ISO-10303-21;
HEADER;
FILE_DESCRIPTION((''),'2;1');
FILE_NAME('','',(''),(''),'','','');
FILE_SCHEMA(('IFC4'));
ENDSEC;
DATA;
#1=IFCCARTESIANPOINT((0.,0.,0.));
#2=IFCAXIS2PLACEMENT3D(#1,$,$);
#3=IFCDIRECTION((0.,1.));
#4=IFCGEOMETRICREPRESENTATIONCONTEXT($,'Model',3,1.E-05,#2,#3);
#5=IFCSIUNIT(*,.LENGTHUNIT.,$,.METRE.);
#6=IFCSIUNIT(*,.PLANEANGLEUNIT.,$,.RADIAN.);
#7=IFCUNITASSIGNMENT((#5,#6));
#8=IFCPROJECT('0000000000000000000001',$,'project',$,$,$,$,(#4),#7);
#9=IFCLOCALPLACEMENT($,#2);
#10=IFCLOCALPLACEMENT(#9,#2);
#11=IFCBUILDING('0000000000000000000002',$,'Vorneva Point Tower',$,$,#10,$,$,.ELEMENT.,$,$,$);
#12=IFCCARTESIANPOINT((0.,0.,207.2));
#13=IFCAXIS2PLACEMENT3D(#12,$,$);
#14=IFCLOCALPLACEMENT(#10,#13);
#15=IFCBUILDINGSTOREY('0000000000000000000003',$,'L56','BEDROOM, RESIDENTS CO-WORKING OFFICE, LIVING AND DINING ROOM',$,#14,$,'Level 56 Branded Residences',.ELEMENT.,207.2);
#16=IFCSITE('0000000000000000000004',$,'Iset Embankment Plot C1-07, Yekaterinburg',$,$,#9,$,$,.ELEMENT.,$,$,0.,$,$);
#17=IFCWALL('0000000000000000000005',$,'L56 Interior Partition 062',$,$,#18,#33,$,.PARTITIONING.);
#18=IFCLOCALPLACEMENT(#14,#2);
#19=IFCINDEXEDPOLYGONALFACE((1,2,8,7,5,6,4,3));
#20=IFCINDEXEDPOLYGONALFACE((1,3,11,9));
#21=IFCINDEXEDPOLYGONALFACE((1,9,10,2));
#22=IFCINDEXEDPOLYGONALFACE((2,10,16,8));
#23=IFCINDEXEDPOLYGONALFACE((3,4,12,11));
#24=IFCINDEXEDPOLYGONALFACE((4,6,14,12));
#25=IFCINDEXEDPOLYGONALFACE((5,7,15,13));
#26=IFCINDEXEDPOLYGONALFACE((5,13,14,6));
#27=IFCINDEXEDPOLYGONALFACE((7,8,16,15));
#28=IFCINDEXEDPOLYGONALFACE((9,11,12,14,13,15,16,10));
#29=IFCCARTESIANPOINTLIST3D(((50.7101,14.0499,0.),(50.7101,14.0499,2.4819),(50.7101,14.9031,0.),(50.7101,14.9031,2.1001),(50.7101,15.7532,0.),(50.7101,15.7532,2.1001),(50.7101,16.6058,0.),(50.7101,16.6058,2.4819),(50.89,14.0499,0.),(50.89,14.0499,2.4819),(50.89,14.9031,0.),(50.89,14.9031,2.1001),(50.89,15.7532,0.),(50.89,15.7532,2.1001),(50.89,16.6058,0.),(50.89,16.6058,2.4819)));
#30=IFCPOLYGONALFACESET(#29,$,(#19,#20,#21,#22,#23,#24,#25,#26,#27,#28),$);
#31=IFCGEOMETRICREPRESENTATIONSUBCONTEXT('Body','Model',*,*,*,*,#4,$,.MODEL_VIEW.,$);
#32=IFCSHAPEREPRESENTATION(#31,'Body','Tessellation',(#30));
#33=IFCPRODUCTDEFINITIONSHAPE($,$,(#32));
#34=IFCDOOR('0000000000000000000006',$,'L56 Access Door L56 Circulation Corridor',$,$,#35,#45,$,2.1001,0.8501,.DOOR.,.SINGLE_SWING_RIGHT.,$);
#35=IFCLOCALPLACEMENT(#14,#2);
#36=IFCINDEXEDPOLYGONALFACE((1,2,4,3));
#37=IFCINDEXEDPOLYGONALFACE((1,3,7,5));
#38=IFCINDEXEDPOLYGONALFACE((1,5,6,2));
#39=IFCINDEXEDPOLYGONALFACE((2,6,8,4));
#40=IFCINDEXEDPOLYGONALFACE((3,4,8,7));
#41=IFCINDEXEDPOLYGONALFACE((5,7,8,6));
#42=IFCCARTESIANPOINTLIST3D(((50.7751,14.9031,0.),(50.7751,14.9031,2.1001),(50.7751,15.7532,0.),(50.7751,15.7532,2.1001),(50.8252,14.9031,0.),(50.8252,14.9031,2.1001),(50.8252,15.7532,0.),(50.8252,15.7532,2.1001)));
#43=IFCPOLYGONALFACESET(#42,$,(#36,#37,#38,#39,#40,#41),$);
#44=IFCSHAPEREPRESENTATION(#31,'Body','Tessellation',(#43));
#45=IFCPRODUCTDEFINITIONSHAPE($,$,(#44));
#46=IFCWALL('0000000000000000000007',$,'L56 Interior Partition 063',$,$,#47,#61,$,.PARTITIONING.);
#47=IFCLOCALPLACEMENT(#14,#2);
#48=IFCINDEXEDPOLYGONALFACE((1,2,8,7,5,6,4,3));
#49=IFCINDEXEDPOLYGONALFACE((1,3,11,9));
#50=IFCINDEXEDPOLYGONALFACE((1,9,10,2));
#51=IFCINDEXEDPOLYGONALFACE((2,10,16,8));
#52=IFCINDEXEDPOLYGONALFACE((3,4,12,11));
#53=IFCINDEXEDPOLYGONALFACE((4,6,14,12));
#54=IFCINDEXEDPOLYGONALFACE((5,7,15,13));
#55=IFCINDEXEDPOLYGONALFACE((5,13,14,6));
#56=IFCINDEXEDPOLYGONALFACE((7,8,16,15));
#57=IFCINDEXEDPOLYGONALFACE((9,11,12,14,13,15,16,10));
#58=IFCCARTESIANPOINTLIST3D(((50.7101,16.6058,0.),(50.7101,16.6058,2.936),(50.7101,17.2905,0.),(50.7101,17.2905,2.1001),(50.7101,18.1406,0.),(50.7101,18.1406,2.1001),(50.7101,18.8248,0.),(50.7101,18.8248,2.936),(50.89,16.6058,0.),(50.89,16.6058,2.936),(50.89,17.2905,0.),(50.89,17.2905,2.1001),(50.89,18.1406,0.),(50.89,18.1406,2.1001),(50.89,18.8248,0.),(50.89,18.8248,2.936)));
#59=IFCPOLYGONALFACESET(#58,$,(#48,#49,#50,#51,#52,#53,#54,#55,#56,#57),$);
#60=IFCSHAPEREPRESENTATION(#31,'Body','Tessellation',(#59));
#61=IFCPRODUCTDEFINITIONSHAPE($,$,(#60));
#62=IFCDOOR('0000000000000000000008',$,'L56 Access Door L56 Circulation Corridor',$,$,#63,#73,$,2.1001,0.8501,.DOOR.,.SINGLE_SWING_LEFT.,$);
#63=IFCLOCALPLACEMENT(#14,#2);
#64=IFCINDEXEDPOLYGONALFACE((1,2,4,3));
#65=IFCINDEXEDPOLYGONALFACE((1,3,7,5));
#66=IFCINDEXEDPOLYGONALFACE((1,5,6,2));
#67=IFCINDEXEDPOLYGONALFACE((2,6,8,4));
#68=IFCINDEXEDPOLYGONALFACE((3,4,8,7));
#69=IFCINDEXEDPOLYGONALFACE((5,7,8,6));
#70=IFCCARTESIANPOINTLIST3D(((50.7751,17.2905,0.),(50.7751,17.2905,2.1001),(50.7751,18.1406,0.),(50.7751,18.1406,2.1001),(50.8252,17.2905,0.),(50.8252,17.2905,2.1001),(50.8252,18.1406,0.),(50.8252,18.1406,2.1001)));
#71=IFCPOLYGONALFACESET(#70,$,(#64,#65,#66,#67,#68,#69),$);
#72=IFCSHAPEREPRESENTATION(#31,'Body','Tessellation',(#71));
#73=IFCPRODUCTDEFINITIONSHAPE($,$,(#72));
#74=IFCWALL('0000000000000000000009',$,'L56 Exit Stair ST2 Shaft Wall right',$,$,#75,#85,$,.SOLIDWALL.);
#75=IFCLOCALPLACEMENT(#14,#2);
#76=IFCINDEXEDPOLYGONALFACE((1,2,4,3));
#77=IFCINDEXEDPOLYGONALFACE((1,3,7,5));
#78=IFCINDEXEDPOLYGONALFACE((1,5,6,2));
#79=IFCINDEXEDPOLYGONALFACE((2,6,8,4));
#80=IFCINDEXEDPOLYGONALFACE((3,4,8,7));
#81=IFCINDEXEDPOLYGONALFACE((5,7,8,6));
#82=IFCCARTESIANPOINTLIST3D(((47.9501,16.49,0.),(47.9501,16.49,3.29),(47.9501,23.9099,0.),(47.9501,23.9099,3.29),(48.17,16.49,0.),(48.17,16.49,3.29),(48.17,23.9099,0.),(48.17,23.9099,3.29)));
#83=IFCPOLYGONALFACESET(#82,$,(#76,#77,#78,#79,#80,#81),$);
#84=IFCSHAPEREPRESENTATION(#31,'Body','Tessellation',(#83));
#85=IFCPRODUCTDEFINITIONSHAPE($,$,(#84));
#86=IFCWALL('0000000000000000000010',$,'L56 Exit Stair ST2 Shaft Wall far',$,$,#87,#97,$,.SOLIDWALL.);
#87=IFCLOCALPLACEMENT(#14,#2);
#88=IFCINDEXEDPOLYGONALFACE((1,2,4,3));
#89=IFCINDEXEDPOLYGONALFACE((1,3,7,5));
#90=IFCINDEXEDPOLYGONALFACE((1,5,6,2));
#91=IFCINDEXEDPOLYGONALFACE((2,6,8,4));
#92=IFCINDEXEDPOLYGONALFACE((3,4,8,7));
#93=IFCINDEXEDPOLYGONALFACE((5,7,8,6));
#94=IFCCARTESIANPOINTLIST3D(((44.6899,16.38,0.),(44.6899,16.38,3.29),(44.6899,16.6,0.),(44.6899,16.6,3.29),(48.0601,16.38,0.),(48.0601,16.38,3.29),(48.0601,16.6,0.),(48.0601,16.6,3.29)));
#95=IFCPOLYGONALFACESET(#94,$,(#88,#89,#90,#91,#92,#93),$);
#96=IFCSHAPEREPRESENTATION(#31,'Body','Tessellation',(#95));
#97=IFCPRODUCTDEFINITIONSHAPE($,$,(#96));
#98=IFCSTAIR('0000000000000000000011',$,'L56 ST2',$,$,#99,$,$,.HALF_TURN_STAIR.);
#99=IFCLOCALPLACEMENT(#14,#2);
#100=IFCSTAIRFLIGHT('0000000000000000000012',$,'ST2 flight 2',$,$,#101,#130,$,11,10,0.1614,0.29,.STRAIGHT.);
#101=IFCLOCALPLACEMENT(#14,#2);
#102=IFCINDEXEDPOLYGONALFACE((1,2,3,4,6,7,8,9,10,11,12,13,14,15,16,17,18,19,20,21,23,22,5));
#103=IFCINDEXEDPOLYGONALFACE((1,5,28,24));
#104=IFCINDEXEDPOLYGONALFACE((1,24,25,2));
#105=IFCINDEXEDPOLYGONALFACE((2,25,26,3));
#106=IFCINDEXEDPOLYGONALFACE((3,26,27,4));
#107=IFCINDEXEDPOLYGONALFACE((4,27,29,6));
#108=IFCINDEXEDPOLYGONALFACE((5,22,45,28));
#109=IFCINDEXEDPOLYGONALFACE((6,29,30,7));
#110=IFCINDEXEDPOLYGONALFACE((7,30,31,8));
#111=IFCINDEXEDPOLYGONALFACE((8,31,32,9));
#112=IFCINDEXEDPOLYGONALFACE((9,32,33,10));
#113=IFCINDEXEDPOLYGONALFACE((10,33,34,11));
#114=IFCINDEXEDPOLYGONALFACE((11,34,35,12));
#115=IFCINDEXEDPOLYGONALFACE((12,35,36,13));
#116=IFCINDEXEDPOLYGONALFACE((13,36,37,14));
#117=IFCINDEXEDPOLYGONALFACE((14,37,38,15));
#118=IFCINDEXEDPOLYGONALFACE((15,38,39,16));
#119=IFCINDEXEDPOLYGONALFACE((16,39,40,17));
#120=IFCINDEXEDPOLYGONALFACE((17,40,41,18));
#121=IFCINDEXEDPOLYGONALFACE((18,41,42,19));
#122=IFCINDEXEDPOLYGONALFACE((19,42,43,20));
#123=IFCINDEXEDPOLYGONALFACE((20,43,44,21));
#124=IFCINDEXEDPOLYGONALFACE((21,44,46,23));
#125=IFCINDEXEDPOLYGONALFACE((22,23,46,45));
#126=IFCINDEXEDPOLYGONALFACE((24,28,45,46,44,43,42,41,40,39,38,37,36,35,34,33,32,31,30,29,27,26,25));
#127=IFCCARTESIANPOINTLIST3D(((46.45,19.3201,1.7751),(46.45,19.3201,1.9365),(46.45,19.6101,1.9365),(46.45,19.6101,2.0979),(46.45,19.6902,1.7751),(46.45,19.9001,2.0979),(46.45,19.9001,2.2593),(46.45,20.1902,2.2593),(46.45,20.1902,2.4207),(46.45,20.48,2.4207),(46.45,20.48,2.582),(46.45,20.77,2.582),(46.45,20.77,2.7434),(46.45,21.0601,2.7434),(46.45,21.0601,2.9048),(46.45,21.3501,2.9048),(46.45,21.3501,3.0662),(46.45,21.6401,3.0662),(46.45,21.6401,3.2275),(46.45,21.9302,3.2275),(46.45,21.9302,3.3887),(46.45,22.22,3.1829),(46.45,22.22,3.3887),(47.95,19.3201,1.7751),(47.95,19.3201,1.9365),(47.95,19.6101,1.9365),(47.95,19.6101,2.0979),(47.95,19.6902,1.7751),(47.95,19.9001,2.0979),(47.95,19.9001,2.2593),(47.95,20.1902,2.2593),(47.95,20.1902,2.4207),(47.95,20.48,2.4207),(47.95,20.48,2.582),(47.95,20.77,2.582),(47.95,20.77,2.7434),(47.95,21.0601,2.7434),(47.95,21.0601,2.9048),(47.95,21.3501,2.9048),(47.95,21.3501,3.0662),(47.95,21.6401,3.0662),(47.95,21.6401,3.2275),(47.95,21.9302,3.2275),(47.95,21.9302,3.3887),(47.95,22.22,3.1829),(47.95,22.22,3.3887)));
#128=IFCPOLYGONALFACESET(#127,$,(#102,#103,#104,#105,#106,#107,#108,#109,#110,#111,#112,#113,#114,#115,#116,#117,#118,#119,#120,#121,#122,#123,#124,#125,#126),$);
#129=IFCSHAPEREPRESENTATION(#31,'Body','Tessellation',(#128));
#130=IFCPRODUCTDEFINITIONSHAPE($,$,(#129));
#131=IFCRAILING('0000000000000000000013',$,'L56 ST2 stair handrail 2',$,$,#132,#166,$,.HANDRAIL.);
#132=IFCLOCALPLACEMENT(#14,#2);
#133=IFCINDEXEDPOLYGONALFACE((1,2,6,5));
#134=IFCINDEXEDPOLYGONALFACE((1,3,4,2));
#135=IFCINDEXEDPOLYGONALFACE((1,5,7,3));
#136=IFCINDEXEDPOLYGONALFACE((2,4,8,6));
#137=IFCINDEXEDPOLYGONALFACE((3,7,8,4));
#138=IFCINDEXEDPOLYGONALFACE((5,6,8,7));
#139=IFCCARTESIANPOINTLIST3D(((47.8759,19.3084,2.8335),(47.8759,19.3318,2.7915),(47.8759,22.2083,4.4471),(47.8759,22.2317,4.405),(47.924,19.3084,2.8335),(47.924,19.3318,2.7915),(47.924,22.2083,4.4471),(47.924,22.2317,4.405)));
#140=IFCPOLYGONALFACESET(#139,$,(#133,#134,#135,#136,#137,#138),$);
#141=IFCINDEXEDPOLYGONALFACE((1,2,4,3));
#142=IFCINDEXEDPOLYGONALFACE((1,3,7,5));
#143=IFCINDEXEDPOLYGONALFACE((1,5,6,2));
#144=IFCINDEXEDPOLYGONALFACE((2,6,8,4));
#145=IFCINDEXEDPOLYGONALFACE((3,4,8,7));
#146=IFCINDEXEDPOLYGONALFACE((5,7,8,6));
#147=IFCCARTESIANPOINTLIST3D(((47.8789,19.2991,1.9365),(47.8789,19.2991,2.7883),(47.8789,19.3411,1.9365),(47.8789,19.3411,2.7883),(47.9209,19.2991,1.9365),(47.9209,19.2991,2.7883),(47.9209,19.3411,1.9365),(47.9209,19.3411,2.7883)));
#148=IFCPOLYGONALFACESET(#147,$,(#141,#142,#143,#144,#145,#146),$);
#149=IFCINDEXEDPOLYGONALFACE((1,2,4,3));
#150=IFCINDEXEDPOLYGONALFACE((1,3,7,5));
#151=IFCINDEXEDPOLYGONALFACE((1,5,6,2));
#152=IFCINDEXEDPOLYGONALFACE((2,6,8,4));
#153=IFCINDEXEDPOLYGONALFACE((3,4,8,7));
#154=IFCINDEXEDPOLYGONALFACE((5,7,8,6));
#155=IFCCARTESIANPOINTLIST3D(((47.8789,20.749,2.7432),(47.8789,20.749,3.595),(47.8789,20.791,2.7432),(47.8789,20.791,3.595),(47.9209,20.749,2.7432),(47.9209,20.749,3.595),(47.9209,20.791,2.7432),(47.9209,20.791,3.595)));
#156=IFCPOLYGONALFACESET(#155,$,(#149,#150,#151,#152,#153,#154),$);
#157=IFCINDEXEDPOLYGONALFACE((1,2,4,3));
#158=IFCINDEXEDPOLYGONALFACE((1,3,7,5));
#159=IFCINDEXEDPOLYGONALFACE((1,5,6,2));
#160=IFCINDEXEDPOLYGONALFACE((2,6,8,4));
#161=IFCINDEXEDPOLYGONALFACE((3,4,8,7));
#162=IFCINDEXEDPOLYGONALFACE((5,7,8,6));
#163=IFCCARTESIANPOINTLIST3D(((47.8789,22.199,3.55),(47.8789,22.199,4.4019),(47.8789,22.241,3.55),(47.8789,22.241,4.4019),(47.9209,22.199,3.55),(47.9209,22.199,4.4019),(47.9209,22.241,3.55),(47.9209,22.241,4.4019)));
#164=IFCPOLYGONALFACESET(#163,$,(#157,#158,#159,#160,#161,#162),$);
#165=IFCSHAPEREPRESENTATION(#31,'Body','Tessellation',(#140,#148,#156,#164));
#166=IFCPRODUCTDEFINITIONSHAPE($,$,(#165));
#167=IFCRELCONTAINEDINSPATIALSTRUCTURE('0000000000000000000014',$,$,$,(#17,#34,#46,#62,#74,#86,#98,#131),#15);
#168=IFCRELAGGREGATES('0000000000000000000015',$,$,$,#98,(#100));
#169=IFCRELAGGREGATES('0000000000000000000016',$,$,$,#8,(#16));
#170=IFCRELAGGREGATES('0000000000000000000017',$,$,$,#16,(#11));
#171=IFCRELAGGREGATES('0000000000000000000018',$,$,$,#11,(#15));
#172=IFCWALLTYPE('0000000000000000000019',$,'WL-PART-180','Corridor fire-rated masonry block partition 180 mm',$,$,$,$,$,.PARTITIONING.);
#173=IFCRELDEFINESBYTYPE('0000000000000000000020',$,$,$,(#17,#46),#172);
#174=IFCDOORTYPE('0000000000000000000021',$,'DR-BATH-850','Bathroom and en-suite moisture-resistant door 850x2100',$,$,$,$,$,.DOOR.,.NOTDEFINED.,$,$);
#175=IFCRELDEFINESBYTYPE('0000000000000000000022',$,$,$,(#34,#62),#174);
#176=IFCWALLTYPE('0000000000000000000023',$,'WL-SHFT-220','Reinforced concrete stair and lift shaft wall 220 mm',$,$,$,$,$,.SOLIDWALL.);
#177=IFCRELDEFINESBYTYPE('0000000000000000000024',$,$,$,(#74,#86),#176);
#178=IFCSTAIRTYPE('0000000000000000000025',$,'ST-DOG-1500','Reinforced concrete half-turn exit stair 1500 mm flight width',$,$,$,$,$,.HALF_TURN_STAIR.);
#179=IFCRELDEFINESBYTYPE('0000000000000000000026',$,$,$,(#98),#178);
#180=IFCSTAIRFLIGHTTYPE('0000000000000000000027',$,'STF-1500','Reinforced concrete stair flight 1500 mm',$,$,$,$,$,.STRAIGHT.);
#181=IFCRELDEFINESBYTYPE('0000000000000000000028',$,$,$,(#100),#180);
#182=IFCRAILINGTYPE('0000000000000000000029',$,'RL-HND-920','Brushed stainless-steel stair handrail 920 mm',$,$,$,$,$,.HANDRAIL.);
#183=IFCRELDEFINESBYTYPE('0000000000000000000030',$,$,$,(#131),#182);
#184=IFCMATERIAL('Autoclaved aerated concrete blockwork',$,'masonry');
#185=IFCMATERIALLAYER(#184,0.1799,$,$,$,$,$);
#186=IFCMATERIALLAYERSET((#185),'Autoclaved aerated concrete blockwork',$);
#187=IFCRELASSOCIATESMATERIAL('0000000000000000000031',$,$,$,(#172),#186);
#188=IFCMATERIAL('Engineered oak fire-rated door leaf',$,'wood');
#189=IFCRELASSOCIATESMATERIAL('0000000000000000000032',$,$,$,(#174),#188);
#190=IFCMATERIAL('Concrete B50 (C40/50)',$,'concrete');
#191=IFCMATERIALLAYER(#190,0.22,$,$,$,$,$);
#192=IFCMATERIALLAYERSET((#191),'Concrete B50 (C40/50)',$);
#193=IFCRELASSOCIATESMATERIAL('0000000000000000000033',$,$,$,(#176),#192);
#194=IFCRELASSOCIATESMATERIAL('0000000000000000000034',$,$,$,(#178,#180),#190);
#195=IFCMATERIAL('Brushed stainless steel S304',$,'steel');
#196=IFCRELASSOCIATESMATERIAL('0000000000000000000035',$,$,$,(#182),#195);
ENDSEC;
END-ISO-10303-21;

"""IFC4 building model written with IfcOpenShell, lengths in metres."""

from ifc_helpers import new_model, si_unit, direction, frame, frame_2d, origin, origin_2d, place, context, subcontext, project, spatial, polyline, rectangle, outline, extrude, material, layer, layer_set, type_object, element, fill, aggregate, save


model = new_model("IFC4")

# Units and contexts
model_context = context("Model", 3, precision=1e-05, world=origin(), true_north=direction((0.0, 1.0)))
body_context = subcontext(model_context, "Body", "Model", "MODEL_VIEW")
ifc_project = project(units=[si_unit("LENGTHUNIT", "METRE"), si_unit("PLANEANGLEUNIT", "RADIAN")], contexts=[model_context])

# Site, building, storey
site_placement = place(None, origin())
site = spatial("IfcSite", under=ifc_project, at=site_placement, Name="Iset Embankment Plot C1-07, Yekaterinburg", CompositionType="ELEMENT", RefElevation=0.0)
building_placement = place(site_placement, origin())
building = spatial("IfcBuilding", under=site, at=building_placement, Name="Vorneva Point Tower", CompositionType="ELEMENT")
storey_placement = place(building_placement, frame((0.0, 0.0, 207.2)))
storey = spatial("IfcBuildingStorey", under=building, at=storey_placement, Name="L56", Description="BEDROOM, RESIDENTS CO-WORKING OFFICE, LIVING AND DINING ROOM", LongName="Level 56 Branded Residences", CompositionType="ELEMENT", Elevation=207.2)

# Shared definitions
ifc_material_1 = material(Name="Concrete B50 (C40/50)", Category="concrete")

# Shared definitions
ifc_material_2 = material(Name="Engineered oak fire-rated door leaf", Category="wood")

# Walls, openings, doors
ifc_material_3 = material(Name="Autoclaved aerated concrete blockwork", Category="masonry")
ifc_layer_1 = layer(ifc_material_3, 0.1799)
ifc_layer_set_1 = layer_set([ifc_layer_1], Name="Autoclaved aerated concrete blockwork")
wall_type_1 = type_object("IfcWallType", Name="WL-PART-180", Description="Corridor fire-rated masonry block partition 180 mm", PredefinedType="PARTITIONING", material=ifc_layer_set_1)
door_type_1 = type_object("IfcDoorType", Name="DR-BATH-850", Description="Bathroom and en-suite moisture-resistant door 850x2100", OperationType="NOTDEFINED", PredefinedType="DOOR", material=ifc_material_2)
wall_1_placement = place(storey_placement, frame((50.8, 14.05, 0.0), z_axis=(0.0, 0.0, 1.0), x_axis=(0.0, 1.0, 0.0)))
wall_1 = element("IfcWall", 1, at=wall_1_placement, inside=storey, type_object=wall_type_1, Name="L56 Interior Partition 062", PredefinedType="PARTITIONING", context=body_context, shape_type="SweptSolid", body=[
    extrude(rectangle(XDim=2.5559, YDim=0.1799, at=frame_2d((1.2778, 0.0))), origin(), (0.0, 0.0, 1.0), 2.4819),
])
opening_1_placement = place(wall_1_placement, frame((0.853, 0.0, 0.0)))
opening_1 = element("IfcOpeningElement", 2, at=opening_1_placement, cuts=wall_1, PredefinedType="OPENING", context=body_context, shape_type="SweptSolid", body=[
    extrude(rectangle(XDim=0.8501, YDim=2.1001, at=frame_2d((0.425, 1.05))), frame((0.0, 0.105, 0.0), z_axis=(0.0, -1.0, 0.0), x_axis=(1.0, 0.0, 0.0)), (0.0, 0.0, 1.0), 0.2097),
])
door_1_placement = place(opening_1_placement, origin())
door_1 = element("IfcDoor", 3, at=door_1_placement, inside=storey, type_object=door_type_1, Name="L56 Access Door L56 Circulation Corridor", OperationType="SINGLE_SWING_RIGHT", OverallHeight=2.1001, OverallWidth=0.8501, PredefinedType="DOOR", context=body_context, shape_type="SweptSolid", body=[
    extrude(rectangle(XDim=0.8501, YDim=2.1001, at=frame_2d((0.425, 1.05))), frame((0.0, 0.0249, 0.0), z_axis=(0.0, -1.0, 0.0), x_axis=(1.0, 0.0, 0.0)), (0.0, 0.0, 1.0), 0.05),
])
fill(opening_1, door_1)
wall_2_placement = place(storey_placement, frame((50.8, 16.606, 0.0), z_axis=(0.0, 0.0, 1.0), x_axis=(0.0, 1.0, 0.0)))
wall_2 = element("IfcWall", 4, at=wall_2_placement, inside=storey, type_object=wall_type_1, Name="L56 Interior Partition 063", PredefinedType="PARTITIONING", context=body_context, shape_type="SweptSolid", body=[
    extrude(rectangle(XDim=2.219, YDim=0.1799, at=frame_2d((1.1094, 0.0))), origin(), (0.0, 0.0, 1.0), 2.936),
])
opening_2_placement = place(wall_2_placement, frame((0.6846, 0.0, 0.0)))
opening_2 = element("IfcOpeningElement", 5, at=opening_2_placement, cuts=wall_2, PredefinedType="OPENING", context=body_context, shape_type="SweptSolid", body=[
    extrude(rectangle(XDim=0.8501, YDim=2.1001, at=frame_2d((0.425, 1.05))), frame((0.0, 0.105, 0.0), z_axis=(0.0, -1.0, 0.0), x_axis=(1.0, 0.0, 0.0)), (0.0, 0.0, 1.0), 0.2097),
])
door_2_placement = place(opening_2_placement, origin())
door_2 = element("IfcDoor", 6, at=door_2_placement, inside=storey, type_object=door_type_1, Name="L56 Access Door L56 Circulation Corridor", OperationType="SINGLE_SWING_LEFT", OverallHeight=2.1001, OverallWidth=0.8501, PredefinedType="DOOR", context=body_context, shape_type="SweptSolid", body=[
    extrude(rectangle(XDim=0.8501, YDim=2.1001, at=frame_2d((0.425, 1.05))), frame((0.0, 0.0249, 0.0), z_axis=(0.0, -1.0, 0.0), x_axis=(1.0, 0.0, 0.0)), (0.0, 0.0, 1.0), 0.05),
])
fill(opening_2, door_2)

# Walls
ifc_layer_2 = layer(ifc_material_1, 0.22)
ifc_layer_set_2 = layer_set([ifc_layer_2], Name="Concrete B50 (C40/50)")
wall_type_2 = type_object("IfcWallType", Name="WL-SHFT-220", Description="Reinforced concrete stair and lift shaft wall 220 mm", PredefinedType="SOLIDWALL", material=ifc_layer_set_2)
wall_3_placement = place(storey_placement, frame((48.0601, 23.9099, 0.0), z_axis=(0.0, 0.0, 1.0), x_axis=(0.0, -1.0, 0.0)))
element("IfcWall", 7, at=wall_3_placement, inside=storey, type_object=wall_type_2, Name="L56 Exit Stair ST2 Shaft Wall right", PredefinedType="SOLIDWALL", context=body_context, shape_type="SweptSolid", body=[
    extrude(rectangle(XDim=7.4199, YDim=0.22, at=frame_2d((3.71, 0.0))), origin(), (0.0, 0.0, 1.0), 3.29),
])
wall_4_placement = place(storey_placement, frame((48.0601, 16.49, 0.0), z_axis=(0.0, 0.0, 1.0), x_axis=(-1.0, 0.0, 0.0)))
element("IfcWall", 8, at=wall_4_placement, inside=storey, type_object=wall_type_2, Name="L56 Exit Stair ST2 Shaft Wall far", PredefinedType="SOLIDWALL", context=body_context, shape_type="SweptSolid", body=[
    extrude(rectangle(XDim=3.3701, YDim=0.22, at=frame_2d((1.6851, 0.0))), origin(), (0.0, 0.0, 1.0), 3.29),
])

# Stair, stair flight
stair_type = type_object("IfcStairType", Name="ST-DOG-1500", Description="Reinforced concrete half-turn exit stair 1500 mm flight width", PredefinedType="HALF_TURN_STAIR", material=ifc_material_1)
stair_placement = place(storey_placement, origin())
stair = element("IfcStair", 9, at=stair_placement, inside=storey, type_object=stair_type, Name="L56 ST2", PredefinedType="HALF_TURN_STAIR")
stair_flight_type = type_object("IfcStairFlightType", Name="STF-1500", Description="Reinforced concrete stair flight 1500 mm", PredefinedType="STRAIGHT", material=ifc_material_1)
stair_flight_placement = place(storey_placement, frame((47.2, 19.3201, 1.7751), z_axis=(0.0, 0.0, 1.0), x_axis=(0.0, 1.0, 0.0)))
stair_flight = element("IfcStairFlight", 10, at=stair_flight_placement, type_object=stair_flight_type, Name="ST2 flight 2", NumberOfRisers=11, NumberOfTreads=10, PredefinedType="STRAIGHT", RiserHeight=0.1614, TreadLength=0.29, context=body_context, shape_type="SweptSolid", body=[
    extrude(outline(polyline([(0.0, 0.0), (0.0, 0.1614), (0.29, 0.1614), (0.29, 0.3228), (0.5801, 0.3228), (0.5801, 0.4841), (0.8701, 0.4841), (0.8701, 0.6455), (1.1599, 0.6455), (1.1599, 0.8069), (1.45, 0.8069), (1.45, 0.9683), (1.74, 0.9683), (1.74, 1.1296), (2.03, 1.1296), (2.03, 1.291), (2.3201, 1.291), (2.3201, 1.4524), (2.6101, 1.4524), (2.6101, 1.6135), (2.8999, 1.6135), (2.8999, 1.7749), (2.8999, 1.4077), (0.3701, 0.0), (0.0, 0.0)])), frame((0.0, 0.75, 0.0), z_axis=(0.0, -1.0, 0.0), x_axis=(1.0, 0.0, 0.0)), (0.0, 0.0, 1.0), 1.5),
])
aggregate(stair, [stair_flight])

# Railing
ifc_material_4 = material(Name="Brushed stainless steel S304", Category="steel")
railing_type_1 = type_object("IfcRailingType", Name="RL-HND-920", Description="Brushed stainless-steel stair handrail 920 mm", PredefinedType="HANDRAIL", material=ifc_material_4)
railing_1_placement = place(storey_placement, frame((47.8999, 19.3201, 1.9365)))
element("IfcRailing", 11, at=railing_1_placement, inside=storey, type_object=railing_type_1, Name="L56 ST2 stair handrail 2", PredefinedType="HANDRAIL", context=body_context, shape_type="SweptSolid", body=[
    extrude(rectangle(XDim=0.0481, YDim=0.0481, at=origin_2d()), frame((0.0, 0.0, 0.876), z_axis=(0.0, 0.873841, 0.486211), x_axis=(-1.0, 0.0, 0.0)), (0.0, 0.0, 1.0), 3.3186),
    extrude(rectangle(XDim=0.042, YDim=0.042, at=origin_2d()), origin(), (0.0, 0.0, 1.0), 0.8518),
    extrude(rectangle(XDim=0.042, YDim=0.042, at=origin_2d()), frame((0.0, 1.45, 0.8066)), (0.0, 0.0, 1.0), 0.8518),
    extrude(rectangle(XDim=0.042, YDim=0.042, at=origin_2d()), frame((0.0, 2.8999, 1.6135)), (0.0, 0.0, 1.0), 0.8518),
])

save(model, "model.ifc")
